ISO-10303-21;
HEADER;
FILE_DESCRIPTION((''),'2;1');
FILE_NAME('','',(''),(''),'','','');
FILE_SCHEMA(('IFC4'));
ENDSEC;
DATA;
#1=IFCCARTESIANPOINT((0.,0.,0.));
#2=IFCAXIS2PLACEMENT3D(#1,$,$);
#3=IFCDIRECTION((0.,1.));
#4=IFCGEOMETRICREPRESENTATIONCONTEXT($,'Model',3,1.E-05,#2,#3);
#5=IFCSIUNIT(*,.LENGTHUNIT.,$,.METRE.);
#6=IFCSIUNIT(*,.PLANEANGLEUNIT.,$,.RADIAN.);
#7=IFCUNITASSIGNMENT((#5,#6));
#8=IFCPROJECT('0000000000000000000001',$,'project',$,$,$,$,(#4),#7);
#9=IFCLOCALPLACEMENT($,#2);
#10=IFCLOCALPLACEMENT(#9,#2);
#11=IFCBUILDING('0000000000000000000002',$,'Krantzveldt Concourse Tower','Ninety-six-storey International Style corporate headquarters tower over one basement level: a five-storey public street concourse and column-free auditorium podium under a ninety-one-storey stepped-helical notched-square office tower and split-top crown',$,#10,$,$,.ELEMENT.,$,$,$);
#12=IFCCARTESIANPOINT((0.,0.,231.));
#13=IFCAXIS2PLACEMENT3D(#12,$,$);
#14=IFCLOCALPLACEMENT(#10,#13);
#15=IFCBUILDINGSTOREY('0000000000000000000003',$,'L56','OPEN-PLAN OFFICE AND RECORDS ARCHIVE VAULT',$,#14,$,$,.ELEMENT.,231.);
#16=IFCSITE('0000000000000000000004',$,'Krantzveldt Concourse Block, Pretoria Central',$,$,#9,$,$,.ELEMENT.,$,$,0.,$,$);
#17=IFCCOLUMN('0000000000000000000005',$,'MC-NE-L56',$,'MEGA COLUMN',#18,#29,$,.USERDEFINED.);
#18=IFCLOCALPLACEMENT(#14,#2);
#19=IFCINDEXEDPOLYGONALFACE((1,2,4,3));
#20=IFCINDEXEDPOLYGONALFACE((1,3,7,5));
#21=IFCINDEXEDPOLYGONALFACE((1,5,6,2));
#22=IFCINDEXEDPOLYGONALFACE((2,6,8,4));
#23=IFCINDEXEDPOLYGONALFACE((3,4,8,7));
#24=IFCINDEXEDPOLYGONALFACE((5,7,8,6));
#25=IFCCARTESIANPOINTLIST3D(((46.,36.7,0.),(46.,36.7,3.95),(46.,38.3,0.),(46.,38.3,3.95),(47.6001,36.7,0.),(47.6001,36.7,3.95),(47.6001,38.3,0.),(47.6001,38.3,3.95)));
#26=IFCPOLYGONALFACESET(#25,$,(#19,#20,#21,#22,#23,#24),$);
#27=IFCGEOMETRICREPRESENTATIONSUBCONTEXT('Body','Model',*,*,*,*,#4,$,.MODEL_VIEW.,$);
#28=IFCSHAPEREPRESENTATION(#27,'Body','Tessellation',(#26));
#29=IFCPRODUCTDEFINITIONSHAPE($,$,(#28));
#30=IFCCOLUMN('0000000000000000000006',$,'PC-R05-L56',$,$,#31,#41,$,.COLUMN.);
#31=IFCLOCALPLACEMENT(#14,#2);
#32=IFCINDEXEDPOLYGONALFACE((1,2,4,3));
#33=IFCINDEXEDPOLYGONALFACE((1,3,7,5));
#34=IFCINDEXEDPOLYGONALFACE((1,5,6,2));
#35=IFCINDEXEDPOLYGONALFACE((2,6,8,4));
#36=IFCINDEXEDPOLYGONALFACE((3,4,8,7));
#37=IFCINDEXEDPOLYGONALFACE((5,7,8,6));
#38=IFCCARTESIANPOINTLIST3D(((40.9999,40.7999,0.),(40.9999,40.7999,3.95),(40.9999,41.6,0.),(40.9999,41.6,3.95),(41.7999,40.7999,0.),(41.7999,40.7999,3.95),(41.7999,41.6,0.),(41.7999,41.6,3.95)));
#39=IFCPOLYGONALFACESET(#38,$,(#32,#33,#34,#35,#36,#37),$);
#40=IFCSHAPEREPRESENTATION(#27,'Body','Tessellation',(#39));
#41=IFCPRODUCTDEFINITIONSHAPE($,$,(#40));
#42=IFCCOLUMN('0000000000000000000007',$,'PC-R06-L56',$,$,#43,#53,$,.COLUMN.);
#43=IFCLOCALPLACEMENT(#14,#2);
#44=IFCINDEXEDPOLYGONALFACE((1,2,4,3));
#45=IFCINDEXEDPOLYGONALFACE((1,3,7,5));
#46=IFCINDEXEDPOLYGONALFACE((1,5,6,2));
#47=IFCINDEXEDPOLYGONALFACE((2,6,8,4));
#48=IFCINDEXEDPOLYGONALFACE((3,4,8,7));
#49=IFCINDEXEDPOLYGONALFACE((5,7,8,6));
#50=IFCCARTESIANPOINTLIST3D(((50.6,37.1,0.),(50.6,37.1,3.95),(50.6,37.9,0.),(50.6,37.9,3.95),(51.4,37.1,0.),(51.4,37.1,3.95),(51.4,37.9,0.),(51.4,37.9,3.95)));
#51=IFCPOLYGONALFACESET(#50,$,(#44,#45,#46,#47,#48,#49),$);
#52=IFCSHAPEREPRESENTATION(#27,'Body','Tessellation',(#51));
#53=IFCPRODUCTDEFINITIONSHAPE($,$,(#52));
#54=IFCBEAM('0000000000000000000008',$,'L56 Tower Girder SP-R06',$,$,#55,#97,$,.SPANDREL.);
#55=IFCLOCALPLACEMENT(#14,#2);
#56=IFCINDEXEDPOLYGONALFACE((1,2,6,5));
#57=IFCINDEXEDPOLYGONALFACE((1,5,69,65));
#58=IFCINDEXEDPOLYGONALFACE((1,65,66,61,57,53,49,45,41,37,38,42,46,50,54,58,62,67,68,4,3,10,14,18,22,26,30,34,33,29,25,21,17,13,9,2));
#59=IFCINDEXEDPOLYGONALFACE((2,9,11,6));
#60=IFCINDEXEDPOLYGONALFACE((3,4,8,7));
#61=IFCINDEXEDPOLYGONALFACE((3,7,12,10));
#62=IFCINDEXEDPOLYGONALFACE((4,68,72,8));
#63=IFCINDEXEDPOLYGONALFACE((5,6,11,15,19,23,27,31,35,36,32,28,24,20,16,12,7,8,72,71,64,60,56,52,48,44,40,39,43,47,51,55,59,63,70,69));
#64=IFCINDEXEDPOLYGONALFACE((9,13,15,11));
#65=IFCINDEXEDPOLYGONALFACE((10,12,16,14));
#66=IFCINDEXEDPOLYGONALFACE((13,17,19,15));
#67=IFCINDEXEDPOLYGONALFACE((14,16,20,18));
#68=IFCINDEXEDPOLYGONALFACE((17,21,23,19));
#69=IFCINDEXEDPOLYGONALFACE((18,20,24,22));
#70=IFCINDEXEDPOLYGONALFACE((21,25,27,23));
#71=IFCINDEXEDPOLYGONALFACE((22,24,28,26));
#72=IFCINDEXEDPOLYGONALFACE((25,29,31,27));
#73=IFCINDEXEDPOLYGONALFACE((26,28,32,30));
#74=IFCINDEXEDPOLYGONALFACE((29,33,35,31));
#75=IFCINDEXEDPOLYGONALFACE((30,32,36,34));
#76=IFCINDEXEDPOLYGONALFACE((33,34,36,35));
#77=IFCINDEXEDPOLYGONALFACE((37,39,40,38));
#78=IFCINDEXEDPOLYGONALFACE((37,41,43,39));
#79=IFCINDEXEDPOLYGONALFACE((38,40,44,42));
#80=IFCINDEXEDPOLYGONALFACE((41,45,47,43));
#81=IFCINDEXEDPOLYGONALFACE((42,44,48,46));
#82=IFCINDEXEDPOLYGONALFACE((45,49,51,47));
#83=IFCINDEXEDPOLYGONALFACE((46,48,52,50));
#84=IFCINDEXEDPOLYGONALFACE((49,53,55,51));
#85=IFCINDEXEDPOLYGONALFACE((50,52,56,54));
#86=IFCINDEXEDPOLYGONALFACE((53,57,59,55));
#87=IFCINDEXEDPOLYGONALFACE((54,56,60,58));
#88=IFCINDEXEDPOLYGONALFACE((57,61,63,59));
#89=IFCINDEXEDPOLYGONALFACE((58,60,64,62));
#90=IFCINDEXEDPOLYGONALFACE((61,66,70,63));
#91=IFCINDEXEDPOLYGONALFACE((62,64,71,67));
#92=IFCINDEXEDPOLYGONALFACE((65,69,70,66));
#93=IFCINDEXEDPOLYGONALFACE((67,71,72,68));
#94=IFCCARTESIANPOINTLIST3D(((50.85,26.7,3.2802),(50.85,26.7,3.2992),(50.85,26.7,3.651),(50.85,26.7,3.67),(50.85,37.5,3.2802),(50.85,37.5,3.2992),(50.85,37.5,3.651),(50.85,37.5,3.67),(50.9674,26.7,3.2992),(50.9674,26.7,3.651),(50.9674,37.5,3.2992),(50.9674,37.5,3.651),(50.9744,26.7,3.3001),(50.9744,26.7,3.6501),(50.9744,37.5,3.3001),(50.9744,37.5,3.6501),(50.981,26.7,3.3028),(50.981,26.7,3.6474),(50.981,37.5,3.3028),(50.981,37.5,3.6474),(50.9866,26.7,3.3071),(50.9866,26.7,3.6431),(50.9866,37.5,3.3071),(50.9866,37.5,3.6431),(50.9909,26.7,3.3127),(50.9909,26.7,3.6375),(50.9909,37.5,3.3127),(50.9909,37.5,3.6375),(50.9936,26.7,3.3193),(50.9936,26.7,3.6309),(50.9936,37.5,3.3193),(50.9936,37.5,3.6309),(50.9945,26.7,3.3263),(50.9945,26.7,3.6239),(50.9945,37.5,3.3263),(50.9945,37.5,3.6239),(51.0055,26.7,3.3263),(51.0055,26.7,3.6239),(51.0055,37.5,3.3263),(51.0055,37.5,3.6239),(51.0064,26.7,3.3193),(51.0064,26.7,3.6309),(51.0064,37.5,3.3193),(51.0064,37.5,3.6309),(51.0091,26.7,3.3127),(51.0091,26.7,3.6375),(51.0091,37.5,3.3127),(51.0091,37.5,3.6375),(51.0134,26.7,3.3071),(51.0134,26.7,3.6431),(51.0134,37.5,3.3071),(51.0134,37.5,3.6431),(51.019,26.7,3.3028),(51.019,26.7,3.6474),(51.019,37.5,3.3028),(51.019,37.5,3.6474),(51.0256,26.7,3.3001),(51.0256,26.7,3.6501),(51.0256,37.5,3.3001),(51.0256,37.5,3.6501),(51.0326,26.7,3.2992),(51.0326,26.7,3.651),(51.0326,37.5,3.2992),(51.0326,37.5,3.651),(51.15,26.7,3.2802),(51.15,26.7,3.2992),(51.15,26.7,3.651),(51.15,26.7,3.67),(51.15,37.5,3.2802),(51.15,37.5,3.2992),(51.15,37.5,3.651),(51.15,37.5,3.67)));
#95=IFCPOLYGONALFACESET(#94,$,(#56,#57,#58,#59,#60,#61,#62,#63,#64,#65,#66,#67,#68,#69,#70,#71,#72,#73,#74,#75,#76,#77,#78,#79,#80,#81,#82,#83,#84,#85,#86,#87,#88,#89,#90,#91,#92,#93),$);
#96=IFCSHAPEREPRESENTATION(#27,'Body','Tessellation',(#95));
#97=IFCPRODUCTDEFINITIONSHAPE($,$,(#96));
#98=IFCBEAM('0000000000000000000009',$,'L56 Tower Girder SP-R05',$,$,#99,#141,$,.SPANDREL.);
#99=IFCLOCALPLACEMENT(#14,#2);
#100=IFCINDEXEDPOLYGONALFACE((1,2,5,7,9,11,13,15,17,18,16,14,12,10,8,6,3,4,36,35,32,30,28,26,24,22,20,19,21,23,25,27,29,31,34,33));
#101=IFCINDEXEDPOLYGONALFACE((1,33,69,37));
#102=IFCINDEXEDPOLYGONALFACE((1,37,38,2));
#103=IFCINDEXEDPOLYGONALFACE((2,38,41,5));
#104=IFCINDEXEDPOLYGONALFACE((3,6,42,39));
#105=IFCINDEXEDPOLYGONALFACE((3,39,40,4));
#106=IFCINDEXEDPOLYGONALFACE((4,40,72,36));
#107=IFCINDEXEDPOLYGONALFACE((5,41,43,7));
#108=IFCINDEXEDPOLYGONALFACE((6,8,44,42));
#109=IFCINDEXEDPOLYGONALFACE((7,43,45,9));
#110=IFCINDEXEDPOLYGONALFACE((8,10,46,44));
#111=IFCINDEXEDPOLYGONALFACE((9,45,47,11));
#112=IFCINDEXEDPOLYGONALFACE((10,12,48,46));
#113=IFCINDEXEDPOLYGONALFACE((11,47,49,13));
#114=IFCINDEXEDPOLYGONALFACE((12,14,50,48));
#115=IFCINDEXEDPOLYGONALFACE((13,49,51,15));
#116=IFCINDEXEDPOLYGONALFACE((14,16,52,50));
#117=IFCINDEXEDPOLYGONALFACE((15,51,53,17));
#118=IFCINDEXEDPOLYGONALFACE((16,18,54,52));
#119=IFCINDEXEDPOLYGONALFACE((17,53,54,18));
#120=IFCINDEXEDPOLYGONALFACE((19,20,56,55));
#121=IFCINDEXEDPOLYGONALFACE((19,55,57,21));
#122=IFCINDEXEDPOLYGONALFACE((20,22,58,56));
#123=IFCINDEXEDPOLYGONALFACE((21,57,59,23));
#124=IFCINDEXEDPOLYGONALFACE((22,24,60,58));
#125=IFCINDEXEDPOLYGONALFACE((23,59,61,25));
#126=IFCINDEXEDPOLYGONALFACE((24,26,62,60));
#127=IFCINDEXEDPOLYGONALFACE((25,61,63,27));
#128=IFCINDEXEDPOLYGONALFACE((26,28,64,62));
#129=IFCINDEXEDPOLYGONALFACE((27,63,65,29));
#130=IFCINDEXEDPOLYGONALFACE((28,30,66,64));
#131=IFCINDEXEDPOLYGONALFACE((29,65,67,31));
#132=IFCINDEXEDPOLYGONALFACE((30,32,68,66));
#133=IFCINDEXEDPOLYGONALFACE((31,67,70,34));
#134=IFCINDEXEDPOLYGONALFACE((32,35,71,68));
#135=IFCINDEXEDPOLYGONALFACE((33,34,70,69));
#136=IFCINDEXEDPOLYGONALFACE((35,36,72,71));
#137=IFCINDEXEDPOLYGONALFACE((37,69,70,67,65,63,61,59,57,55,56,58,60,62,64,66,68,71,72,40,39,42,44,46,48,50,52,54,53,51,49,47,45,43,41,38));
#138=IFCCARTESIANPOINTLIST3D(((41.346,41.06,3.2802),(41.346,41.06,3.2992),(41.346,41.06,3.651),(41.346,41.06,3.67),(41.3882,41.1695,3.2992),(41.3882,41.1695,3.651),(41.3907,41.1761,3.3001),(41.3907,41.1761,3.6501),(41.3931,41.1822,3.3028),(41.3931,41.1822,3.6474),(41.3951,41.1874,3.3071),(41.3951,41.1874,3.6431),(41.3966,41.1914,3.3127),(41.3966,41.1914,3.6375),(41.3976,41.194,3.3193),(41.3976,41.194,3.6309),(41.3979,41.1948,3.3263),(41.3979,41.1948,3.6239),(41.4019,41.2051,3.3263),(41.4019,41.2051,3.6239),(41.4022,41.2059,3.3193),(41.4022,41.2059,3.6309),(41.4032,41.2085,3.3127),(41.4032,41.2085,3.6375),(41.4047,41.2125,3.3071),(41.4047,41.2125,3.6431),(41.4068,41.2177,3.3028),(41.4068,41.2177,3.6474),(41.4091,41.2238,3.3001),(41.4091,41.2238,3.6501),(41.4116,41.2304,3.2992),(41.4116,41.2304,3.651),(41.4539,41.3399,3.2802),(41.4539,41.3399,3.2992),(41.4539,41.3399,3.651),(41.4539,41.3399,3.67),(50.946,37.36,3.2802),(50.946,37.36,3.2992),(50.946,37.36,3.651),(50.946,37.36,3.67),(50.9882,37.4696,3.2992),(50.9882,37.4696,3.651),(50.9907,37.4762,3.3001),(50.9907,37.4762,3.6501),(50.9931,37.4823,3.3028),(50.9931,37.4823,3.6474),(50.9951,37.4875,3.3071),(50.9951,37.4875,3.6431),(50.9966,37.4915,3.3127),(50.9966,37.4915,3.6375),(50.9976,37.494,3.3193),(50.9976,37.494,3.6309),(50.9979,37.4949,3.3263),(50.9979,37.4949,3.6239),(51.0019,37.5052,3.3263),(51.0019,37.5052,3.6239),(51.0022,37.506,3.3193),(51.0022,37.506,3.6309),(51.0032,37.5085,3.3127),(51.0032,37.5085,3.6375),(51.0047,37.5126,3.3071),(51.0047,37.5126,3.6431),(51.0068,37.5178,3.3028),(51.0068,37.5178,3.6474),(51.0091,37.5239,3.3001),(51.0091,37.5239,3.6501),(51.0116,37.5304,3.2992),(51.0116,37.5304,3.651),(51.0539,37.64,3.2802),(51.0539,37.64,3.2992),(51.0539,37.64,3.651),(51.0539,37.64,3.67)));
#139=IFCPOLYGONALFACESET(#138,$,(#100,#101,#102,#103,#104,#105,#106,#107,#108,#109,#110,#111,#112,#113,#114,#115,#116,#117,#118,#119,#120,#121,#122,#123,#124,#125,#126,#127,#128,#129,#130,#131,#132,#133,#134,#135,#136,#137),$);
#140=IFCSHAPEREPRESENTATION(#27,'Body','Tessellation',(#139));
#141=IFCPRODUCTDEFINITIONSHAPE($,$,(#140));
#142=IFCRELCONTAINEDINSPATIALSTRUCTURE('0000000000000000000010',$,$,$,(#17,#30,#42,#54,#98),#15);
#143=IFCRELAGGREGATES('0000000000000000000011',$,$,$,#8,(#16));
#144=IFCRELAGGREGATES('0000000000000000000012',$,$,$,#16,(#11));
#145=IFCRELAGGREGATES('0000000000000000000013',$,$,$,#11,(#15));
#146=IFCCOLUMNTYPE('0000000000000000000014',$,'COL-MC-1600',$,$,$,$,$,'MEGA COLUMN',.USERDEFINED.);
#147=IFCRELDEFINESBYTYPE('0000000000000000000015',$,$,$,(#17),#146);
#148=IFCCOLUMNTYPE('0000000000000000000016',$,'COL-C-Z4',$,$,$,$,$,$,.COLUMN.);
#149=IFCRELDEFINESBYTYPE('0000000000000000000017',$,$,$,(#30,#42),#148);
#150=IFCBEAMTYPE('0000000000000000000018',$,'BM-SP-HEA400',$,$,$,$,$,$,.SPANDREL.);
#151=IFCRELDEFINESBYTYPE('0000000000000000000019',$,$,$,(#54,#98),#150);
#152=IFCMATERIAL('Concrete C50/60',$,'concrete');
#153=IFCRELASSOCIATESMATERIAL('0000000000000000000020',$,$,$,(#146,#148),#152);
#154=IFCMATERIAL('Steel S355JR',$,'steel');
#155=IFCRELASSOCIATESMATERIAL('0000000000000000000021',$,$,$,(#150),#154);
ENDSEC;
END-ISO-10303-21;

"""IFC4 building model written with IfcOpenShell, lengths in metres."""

from ifc_helpers import new_model, si_unit, direction, frame, origin, origin_2d, place, context, subcontext, project, spatial, rectangle, i_section, extrude, source, transform, mapped, material, material_profile, profile_set, type_object, type_shapes, element, save


model = new_model("IFC4")

# Units and contexts
model_context = context("Model", 3, precision=1e-05, world=origin(), true_north=direction((0.0, 1.0)))
body_context = subcontext(model_context, "Body", "Model", "MODEL_VIEW")
ifc_project = project(units=[si_unit("LENGTHUNIT", "METRE"), si_unit("PLANEANGLEUNIT", "RADIAN")], contexts=[model_context])

# Site, building, storey
site_placement = place(None, origin())
site = spatial("IfcSite", under=ifc_project, at=site_placement, Name="Krantzveldt Concourse Block, Pretoria Central", CompositionType="ELEMENT", RefElevation=0.0)
building_placement = place(site_placement, origin())
building = spatial("IfcBuilding", under=site, at=building_placement, Name="Krantzveldt Concourse Tower", Description="Ninety-six-storey International Style corporate headquarters tower over one basement level: a five-storey public street concourse and column-free auditorium podium under a ninety-one-storey stepped-helical notched-square office tower and split-top crown", CompositionType="ELEMENT")
storey_placement = place(building_placement, frame((0.0, 0.0, 231.0)))
storey = spatial("IfcBuildingStorey", under=building, at=storey_placement, Name="L56", Description="OPEN-PLAN OFFICE AND RECORDS ARCHIVE VAULT", CompositionType="ELEMENT", Elevation=231.0)

# Columns
ifc_material_1 = material(Name="Concrete C50/60", Category="concrete")
ifc_material_profile_1 = material_profile(ifc_material_1, rectangle(XDim=1.6001, YDim=1.6001, at=origin_2d()), Name="Concrete C50/60", Category="concrete")
ifc_profile_set_1 = profile_set([ifc_material_profile_1], Name="Concrete C50/60 - RC 1600x1600")
column_type_1 = type_object("IfcColumnType", Name="COL-MC-1600", ElementType="MEGA COLUMN", PredefinedType="USERDEFINED", material=ifc_profile_set_1)
shared_shape_1 = source(origin(), body_context, "Body", "SweptSolid", [
    extrude(rectangle(XDim=1.6001, YDim=1.6001, at=origin_2d()), origin(), (0.0, 0.0, 1.0), 3.95),
])
type_shapes(column_type_1, [shared_shape_1])
column_placement = place(storey_placement, frame((46.8, 37.5, 0.0), z_axis=(0.0, 0.0, 1.0), x_axis=(1.0, 0.0, 0.0)))
element("IfcColumn", 1, at=column_placement, inside=storey, type_object=column_type_1, Name="MC-NE-L56", ObjectType="MEGA COLUMN", PredefinedType="USERDEFINED", context=body_context, shape_type="MappedRepresentation", body=[
    mapped(shared_shape_1, transform((0.0, 0.0, 0.0), x_axis=(1.0, 0.0, 0.0), y_axis=(0.0, 1.0, 0.0), z_axis=(0.0, 0.0, 1.0), scale=1.0)),
])
ifc_material_profile_2 = material_profile(ifc_material_1, rectangle(XDim=0.8, YDim=0.8, at=origin_2d()), Name="Concrete C50/60", Category="concrete")
ifc_profile_set_2 = profile_set([ifc_material_profile_2], Name="Concrete C50/60 - RC 800x800")
column_type_2 = type_object("IfcColumnType", Name="COL-C-Z4", PredefinedType="COLUMN", material=ifc_profile_set_2)
shared_shape_2 = source(origin(), body_context, "Body", "SweptSolid", [
    extrude(rectangle(XDim=0.8, YDim=0.8, at=origin_2d()), origin(), (0.0, 0.0, 1.0), 3.95),
])
type_shapes(column_type_2, [shared_shape_2])
for number, where, z_axis, x_axis, name in (
    (2, (41.3999, 41.2, 0.0), (0.0, 0.0, 1.0), (1.0, 0.0, 0.0), "PC-R05-L56"),
    (3, (51.0, 37.5, 0.0), (0.0, 0.0, 1.0), (1.0, 0.0, 0.0), "PC-R06-L56"),
):
    element("IfcColumn", number, at=place(storey_placement, frame(where, z_axis=z_axis, x_axis=x_axis)), inside=storey, type_object=column_type_2, Name=name, PredefinedType="COLUMN", context=body_context, shape_type="MappedRepresentation", body=[
        mapped(shared_shape_2, transform((0.0, 0.0, 0.0), x_axis=(1.0, 0.0, 0.0), y_axis=(0.0, 1.0, 0.0), z_axis=(0.0, 0.0, 1.0), scale=1.0)),
    ])

# Beams
ifc_material_2 = material(Name="Steel S355JR", Category="steel")
ifc_material_profile_3 = material_profile(ifc_material_2, i_section(OverallWidth=0.3, OverallDepth=0.3899, WebThickness=0.011, FlangeThickness=0.019, FilletRadius=0.0271, at=origin_2d()), Name="Steel S355JR", Category="steel")
ifc_profile_set_3 = profile_set([ifc_material_profile_3], Name="Steel S355JR - HEA 400")
beam_type_1 = type_object("IfcBeamType", Name="BM-SP-HEA400", PredefinedType="SPANDREL", material=ifc_profile_set_3)
shared_shape_3 = source(origin(), body_context, "Body", "SweptSolid", [
    extrude(i_section(OverallWidth=0.3, OverallDepth=0.3899, WebThickness=0.011, FlangeThickness=0.019, FilletRadius=0.0271, at=origin_2d()), origin(), (0.0, 0.0, 1.0), 10.8),
])
beam_1_placement = place(storey_placement, frame((51.0, 37.5, 3.4751), z_axis=(0.0, -1.0, 0.0), x_axis=(1.0, 0.0, 0.0)))
element("IfcBeam", 4, at=beam_1_placement, inside=storey, type_object=beam_type_1, Name="L56 Tower Girder SP-R06", PredefinedType="SPANDREL", context=body_context, shape_type="MappedRepresentation", body=[
    mapped(shared_shape_3, transform((0.0, 0.0, 0.0), x_axis=(1.0, 0.0, 0.0), y_axis=(0.0, 1.0, 0.0), z_axis=(0.0, 0.0, 1.0), scale=1.0)),
])
shared_shape_4 = source(origin(), body_context, "Body", "SweptSolid", [
    extrude(i_section(OverallWidth=0.3, OverallDepth=0.3899, WebThickness=0.011, FlangeThickness=0.019, FilletRadius=0.0271, at=origin_2d()), origin(), (0.0, 0.0, 1.0), 10.2883),
])
type_shapes(beam_type_1, [shared_shape_3, shared_shape_4])
beam_2_placement = place(storey_placement, frame((41.3999, 41.2, 3.4751), z_axis=(0.933098, -0.359623, 0.0), x_axis=(0.359623, 0.933098, 0.0)))
element("IfcBeam", 5, at=beam_2_placement, inside=storey, type_object=beam_type_1, Name="L56 Tower Girder SP-R05", PredefinedType="SPANDREL", context=body_context, shape_type="MappedRepresentation", body=[
    mapped(shared_shape_4, transform((0.0, 0.0, 0.0), x_axis=(1.0, 0.0, 0.0), y_axis=(0.0, 1.0, 0.0), z_axis=(0.0, 0.0, 1.0), scale=1.0)),
])

save(model, "model.ifc")
